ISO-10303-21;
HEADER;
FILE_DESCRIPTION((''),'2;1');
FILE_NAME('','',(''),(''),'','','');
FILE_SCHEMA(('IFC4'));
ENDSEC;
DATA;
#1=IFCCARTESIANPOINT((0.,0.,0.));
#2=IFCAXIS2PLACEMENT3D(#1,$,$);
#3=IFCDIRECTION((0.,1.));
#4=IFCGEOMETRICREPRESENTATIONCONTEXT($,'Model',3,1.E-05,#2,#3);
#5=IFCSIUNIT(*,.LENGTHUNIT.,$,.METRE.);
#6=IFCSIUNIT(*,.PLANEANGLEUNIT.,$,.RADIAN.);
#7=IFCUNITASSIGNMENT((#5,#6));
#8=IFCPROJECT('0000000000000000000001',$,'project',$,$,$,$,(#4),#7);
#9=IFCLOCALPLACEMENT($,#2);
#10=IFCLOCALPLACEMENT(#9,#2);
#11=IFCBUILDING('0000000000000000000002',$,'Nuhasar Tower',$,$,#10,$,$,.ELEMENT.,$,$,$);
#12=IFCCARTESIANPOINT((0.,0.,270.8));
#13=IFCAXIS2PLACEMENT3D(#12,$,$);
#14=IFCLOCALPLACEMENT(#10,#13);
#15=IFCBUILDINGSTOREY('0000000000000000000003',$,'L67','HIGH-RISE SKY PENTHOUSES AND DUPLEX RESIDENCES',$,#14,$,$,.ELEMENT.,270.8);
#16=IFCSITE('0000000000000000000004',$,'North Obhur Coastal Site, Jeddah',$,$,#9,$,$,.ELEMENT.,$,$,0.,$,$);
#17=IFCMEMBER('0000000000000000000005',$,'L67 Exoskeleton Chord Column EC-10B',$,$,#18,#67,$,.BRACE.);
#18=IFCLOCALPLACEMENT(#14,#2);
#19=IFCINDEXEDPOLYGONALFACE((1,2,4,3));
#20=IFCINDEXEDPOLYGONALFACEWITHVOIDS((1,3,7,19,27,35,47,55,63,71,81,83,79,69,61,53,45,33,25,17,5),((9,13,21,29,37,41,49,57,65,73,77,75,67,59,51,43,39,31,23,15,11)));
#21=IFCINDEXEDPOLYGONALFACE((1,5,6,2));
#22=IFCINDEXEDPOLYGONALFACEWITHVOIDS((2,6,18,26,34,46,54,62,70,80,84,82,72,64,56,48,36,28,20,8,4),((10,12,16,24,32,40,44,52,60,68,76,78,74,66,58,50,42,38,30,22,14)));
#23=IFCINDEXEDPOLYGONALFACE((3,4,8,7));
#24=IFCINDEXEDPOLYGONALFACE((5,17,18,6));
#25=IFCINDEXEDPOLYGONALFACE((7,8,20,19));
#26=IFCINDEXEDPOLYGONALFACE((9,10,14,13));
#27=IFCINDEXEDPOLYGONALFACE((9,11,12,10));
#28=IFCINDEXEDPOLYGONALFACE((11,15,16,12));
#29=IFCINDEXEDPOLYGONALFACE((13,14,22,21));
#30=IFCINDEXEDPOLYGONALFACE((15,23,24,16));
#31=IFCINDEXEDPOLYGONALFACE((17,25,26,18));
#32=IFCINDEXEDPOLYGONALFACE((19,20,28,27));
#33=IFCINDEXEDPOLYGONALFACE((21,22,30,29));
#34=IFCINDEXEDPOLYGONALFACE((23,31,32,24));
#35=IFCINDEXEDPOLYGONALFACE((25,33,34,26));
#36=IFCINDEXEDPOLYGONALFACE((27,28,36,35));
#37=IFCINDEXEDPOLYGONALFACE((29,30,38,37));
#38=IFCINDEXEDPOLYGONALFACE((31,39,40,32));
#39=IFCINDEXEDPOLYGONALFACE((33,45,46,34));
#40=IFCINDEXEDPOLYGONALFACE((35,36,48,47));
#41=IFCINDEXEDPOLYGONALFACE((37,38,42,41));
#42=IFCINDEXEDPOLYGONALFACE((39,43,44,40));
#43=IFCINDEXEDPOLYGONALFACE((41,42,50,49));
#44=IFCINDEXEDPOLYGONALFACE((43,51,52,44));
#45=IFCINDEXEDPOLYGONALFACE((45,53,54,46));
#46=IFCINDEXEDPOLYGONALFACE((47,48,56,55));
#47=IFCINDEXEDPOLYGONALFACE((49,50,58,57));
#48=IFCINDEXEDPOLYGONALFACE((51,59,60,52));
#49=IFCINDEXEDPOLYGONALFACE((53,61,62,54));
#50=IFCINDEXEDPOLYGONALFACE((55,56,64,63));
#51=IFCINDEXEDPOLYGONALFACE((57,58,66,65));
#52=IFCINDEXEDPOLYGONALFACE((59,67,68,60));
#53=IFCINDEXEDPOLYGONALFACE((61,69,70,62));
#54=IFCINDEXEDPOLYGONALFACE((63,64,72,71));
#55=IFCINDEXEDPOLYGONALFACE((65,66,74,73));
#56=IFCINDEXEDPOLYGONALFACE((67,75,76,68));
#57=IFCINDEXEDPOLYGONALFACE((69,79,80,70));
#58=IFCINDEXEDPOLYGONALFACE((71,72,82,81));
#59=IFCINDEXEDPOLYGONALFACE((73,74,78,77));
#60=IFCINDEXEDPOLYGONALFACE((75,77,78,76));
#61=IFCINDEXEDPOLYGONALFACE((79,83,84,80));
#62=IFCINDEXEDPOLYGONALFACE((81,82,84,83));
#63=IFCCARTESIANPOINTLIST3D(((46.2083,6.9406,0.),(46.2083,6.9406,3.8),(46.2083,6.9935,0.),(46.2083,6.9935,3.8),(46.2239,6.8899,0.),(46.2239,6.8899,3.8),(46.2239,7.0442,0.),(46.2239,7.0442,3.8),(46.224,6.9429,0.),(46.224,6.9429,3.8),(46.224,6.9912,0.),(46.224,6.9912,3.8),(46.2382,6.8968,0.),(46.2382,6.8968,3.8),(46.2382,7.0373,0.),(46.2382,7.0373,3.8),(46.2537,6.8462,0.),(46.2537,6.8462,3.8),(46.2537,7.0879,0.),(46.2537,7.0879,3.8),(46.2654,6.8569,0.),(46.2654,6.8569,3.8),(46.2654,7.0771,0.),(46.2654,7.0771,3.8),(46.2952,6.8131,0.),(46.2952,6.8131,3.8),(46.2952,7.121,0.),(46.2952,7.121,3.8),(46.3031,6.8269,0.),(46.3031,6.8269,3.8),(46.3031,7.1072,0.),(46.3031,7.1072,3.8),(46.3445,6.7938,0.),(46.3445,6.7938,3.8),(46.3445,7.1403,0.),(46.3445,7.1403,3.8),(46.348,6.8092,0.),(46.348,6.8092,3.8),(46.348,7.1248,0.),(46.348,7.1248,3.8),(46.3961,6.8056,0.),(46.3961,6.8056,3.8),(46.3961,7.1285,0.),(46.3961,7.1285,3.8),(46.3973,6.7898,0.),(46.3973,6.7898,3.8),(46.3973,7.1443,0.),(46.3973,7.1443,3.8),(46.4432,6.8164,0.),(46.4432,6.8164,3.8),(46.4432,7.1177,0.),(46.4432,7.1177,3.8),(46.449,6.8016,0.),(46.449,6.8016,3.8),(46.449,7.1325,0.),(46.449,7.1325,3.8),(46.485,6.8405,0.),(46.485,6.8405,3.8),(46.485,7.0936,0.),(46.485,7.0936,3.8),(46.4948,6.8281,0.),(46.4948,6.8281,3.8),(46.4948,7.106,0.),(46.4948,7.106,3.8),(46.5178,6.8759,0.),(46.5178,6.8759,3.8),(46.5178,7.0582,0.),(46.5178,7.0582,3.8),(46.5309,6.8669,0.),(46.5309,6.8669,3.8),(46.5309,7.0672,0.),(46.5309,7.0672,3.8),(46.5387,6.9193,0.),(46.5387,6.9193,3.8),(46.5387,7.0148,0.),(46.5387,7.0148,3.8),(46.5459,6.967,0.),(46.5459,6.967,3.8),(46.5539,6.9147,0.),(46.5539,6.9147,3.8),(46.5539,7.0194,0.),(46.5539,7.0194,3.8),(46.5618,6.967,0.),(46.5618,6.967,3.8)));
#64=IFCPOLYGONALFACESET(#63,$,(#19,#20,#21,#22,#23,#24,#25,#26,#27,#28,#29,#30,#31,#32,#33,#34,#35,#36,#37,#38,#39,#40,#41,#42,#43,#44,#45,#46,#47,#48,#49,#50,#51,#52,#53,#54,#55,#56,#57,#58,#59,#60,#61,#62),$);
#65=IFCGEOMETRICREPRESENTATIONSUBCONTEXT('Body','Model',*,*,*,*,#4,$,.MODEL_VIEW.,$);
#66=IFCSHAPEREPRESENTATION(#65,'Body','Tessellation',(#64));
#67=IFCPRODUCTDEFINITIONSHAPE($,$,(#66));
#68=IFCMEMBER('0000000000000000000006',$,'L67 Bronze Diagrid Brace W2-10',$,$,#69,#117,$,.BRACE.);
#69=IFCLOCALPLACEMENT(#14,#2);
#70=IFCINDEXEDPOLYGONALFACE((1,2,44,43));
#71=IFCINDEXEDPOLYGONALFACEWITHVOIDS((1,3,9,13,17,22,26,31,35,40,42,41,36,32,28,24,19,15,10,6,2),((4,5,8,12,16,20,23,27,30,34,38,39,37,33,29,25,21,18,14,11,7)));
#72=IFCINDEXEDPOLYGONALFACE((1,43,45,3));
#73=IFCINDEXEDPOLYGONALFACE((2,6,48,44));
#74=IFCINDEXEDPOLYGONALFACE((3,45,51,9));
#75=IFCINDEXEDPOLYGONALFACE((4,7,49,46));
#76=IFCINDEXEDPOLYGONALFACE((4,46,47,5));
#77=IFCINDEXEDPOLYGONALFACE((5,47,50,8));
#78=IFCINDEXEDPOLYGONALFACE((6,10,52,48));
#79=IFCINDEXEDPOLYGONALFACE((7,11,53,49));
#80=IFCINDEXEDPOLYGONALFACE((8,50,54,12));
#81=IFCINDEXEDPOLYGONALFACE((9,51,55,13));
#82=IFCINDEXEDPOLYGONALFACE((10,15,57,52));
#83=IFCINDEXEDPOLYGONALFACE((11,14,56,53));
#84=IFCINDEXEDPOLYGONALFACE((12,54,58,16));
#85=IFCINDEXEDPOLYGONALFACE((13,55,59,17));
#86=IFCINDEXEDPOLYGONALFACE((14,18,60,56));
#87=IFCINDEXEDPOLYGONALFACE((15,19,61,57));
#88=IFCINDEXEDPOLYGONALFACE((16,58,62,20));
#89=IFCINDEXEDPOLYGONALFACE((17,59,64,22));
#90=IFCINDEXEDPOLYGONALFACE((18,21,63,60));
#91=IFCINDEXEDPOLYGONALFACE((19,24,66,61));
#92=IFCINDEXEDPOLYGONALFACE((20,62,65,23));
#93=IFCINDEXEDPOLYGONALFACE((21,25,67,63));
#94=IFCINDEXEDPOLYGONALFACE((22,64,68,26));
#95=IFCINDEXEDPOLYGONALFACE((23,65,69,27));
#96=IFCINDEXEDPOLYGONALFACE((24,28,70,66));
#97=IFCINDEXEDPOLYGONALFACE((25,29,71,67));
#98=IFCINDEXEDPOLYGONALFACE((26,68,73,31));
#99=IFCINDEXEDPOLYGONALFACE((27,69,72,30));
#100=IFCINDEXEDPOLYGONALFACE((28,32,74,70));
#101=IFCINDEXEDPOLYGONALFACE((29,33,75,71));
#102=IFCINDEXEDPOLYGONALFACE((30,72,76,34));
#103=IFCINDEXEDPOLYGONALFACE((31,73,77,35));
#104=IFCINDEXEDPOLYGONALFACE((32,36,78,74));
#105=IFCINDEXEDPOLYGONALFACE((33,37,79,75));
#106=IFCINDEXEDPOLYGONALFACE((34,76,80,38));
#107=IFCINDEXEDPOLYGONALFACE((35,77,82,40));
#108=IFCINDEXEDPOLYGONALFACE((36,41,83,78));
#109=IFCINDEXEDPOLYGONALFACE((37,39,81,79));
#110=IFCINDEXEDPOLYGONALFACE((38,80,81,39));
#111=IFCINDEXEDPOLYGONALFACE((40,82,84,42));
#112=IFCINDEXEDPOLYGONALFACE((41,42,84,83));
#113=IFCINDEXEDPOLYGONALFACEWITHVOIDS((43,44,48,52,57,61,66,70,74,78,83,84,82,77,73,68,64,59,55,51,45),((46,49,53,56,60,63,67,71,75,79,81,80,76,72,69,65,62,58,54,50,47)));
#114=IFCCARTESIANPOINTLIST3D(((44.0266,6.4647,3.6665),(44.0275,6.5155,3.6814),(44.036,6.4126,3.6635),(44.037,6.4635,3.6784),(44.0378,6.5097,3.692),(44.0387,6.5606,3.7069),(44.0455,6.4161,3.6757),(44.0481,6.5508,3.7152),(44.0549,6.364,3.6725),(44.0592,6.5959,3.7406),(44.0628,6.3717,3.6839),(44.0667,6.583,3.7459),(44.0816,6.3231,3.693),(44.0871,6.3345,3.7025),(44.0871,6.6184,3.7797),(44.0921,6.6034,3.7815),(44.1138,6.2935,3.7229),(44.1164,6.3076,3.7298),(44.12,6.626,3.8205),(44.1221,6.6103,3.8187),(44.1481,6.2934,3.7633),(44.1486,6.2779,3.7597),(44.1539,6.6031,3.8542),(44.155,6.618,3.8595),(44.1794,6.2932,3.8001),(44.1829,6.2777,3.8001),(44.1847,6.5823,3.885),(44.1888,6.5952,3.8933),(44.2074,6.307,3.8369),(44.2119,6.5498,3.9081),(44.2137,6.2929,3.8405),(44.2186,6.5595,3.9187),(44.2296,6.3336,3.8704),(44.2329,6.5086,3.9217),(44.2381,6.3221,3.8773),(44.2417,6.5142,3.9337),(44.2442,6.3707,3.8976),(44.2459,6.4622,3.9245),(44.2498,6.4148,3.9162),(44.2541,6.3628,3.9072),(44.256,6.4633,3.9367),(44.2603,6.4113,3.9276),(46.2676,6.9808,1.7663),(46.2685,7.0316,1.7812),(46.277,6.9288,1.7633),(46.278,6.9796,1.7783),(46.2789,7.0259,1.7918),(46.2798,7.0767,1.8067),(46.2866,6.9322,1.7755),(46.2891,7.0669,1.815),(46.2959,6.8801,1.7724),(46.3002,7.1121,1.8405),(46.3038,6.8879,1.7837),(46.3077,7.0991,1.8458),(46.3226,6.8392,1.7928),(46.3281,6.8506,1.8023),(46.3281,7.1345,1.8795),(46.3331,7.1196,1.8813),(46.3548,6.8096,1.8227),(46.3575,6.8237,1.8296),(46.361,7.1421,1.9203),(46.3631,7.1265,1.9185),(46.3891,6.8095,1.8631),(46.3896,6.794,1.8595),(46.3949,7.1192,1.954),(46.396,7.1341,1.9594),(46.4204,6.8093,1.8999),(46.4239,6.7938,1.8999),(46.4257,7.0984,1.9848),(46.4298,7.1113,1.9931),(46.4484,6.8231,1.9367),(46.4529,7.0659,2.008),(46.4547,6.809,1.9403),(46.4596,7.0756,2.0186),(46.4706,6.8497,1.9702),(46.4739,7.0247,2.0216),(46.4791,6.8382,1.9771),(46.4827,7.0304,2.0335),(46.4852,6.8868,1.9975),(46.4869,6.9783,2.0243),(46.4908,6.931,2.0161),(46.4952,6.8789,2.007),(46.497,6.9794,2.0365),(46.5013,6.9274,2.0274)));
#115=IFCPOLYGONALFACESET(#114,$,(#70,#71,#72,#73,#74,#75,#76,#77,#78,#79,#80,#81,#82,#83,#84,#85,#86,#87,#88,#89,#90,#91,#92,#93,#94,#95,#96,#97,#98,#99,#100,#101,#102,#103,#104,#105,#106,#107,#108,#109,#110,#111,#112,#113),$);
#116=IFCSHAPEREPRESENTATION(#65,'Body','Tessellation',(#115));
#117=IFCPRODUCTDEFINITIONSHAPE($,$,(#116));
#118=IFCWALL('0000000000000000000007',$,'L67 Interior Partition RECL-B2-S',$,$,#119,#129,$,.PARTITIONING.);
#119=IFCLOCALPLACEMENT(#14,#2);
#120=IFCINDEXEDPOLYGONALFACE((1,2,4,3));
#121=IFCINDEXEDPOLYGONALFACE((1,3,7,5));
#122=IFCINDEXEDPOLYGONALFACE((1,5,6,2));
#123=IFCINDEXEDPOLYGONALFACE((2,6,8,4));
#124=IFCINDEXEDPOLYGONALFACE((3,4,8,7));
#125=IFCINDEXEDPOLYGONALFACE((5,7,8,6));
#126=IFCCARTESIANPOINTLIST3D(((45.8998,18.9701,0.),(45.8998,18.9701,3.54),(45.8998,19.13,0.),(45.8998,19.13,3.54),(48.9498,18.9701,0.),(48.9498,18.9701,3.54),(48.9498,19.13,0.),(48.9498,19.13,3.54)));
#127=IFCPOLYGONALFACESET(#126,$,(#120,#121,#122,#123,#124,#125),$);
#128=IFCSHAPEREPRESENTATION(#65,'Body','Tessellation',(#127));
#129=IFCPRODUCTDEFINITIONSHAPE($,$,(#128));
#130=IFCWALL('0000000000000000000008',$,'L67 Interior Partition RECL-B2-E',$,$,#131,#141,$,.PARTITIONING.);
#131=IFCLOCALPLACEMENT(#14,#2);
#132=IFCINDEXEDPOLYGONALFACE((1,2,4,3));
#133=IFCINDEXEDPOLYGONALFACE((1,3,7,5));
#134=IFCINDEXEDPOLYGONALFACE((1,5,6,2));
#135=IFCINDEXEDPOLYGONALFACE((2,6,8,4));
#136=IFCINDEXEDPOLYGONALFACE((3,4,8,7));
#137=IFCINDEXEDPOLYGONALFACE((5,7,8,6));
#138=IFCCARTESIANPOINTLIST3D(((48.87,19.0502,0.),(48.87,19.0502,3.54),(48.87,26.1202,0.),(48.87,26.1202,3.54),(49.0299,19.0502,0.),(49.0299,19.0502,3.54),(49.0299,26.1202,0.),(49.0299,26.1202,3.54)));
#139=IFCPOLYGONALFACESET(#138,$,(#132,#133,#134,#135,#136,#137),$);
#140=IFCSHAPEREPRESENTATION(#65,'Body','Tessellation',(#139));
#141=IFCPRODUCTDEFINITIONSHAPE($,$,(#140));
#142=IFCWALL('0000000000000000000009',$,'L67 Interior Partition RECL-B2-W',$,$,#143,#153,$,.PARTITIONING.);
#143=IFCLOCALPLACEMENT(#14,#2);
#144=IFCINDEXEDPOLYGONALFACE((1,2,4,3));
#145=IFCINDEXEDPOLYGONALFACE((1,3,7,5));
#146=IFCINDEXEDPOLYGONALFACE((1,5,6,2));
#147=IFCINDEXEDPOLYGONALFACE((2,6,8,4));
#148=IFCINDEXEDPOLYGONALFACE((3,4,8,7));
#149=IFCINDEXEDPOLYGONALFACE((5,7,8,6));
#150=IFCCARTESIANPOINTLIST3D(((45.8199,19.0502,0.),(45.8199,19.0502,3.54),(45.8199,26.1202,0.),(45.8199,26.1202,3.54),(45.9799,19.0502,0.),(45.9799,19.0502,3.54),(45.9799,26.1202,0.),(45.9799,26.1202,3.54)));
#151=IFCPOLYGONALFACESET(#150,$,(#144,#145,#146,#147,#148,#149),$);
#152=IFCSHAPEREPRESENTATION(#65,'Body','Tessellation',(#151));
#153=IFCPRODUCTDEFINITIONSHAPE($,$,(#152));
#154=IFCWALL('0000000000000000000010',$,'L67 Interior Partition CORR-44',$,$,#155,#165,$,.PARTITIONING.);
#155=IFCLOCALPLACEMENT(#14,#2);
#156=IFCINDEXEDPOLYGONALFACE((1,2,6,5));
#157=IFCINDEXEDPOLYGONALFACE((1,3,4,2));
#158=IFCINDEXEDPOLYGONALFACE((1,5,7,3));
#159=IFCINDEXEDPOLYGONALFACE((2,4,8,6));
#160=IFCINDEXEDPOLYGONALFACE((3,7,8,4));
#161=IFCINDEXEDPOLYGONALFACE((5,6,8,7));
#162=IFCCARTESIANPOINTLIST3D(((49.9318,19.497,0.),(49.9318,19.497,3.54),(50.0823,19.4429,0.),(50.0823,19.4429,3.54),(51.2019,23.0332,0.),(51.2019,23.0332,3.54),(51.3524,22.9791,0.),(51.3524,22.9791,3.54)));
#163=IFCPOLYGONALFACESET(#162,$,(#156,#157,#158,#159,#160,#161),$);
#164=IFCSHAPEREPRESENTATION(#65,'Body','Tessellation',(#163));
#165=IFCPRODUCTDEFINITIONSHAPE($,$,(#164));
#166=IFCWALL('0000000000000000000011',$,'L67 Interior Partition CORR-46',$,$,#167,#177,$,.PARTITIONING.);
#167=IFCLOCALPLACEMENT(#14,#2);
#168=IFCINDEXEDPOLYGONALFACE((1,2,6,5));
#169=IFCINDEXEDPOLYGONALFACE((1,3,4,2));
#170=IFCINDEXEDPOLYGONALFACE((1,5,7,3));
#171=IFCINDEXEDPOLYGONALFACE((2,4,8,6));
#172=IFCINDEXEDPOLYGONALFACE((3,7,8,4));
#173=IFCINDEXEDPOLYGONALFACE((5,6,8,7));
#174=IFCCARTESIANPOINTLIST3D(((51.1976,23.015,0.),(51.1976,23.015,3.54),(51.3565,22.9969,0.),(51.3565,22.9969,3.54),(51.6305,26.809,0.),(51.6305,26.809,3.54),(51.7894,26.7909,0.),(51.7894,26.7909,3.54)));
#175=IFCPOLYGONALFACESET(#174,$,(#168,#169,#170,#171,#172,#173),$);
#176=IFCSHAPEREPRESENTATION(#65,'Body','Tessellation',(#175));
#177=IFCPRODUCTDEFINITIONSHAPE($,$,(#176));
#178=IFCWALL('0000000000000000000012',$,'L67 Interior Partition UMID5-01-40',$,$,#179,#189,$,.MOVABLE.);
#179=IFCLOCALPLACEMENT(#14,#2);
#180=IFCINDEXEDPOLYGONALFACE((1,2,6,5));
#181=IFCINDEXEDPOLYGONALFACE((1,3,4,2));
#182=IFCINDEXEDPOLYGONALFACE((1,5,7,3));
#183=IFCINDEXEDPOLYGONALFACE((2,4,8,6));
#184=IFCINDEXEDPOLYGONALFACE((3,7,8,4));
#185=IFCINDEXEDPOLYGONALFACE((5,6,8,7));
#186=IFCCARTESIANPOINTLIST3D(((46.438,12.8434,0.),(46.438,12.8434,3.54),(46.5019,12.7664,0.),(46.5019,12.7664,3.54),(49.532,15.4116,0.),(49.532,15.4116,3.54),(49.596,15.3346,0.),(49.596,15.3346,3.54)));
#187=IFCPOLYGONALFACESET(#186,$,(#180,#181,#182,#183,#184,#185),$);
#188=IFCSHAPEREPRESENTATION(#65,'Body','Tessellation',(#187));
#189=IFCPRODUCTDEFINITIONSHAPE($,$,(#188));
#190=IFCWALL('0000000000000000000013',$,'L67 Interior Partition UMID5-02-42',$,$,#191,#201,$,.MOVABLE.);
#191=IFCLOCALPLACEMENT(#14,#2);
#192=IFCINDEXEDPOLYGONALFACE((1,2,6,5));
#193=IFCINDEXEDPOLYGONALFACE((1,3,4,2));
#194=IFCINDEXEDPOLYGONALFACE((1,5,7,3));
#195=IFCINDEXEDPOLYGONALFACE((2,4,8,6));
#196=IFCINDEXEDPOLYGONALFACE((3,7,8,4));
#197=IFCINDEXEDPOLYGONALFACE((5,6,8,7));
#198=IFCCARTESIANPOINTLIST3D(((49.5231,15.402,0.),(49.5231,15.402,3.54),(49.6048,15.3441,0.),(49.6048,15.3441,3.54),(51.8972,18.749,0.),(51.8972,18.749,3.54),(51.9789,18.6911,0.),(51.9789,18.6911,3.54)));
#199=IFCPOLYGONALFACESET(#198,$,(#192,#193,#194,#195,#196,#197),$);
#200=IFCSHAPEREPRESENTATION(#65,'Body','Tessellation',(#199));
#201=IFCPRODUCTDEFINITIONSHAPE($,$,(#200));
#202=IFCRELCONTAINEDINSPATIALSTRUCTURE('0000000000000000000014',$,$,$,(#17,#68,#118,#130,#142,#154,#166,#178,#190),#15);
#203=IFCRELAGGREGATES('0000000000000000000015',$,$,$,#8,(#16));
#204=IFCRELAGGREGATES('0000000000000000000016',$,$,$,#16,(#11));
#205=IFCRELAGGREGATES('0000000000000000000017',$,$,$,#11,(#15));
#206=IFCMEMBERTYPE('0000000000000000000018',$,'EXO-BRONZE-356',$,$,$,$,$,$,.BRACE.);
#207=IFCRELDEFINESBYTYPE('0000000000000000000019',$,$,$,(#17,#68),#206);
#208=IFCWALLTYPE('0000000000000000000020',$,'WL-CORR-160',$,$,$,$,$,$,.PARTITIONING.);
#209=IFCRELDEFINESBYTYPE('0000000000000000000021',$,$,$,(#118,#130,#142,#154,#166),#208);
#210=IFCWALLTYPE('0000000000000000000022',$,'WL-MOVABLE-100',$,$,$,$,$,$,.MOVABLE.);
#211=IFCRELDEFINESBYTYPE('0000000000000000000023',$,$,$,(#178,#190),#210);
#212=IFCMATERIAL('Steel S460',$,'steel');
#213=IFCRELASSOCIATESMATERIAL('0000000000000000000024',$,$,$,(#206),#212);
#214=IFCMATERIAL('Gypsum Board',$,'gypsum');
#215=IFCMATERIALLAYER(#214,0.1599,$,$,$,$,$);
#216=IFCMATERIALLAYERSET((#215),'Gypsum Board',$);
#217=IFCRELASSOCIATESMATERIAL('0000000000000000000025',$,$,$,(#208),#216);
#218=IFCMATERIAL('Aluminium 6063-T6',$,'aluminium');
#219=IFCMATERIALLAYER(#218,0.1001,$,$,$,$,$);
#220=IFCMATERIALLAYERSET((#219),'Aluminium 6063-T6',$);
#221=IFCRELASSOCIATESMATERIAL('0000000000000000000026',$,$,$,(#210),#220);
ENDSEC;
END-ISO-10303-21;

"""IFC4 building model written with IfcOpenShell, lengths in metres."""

from ifc_helpers import new_model, si_unit, direction, frame, frame_2d, origin, origin_2d, place, context, subcontext, project, spatial, rectangle, hollow_circle, extrude, material, layer, layer_set, material_profile, profile_set, type_object, element, save


model = new_model("IFC4")

# Units and contexts
model_context = context("Model", 3, precision=1e-05, world=origin(), true_north=direction((0.0, 1.0)))
body_context = subcontext(model_context, "Body", "Model", "MODEL_VIEW")
ifc_project = project(units=[si_unit("LENGTHUNIT", "METRE"), si_unit("PLANEANGLEUNIT", "RADIAN")], contexts=[model_context])

# Site, building, storey
site_placement = place(None, origin())
site = spatial("IfcSite", under=ifc_project, at=site_placement, Name="North Obhur Coastal Site, Jeddah", CompositionType="ELEMENT", RefElevation=0.0)
building_placement = place(site_placement, origin())
building = spatial("IfcBuilding", under=site, at=building_placement, Name="Nuhasar Tower", CompositionType="ELEMENT")
storey_placement = place(building_placement, frame((0.0, 0.0, 270.8)))
storey = spatial("IfcBuildingStorey", under=building, at=storey_placement, Name="L67", Description="HIGH-RISE SKY PENTHOUSES AND DUPLEX RESIDENCES", CompositionType="ELEMENT", Elevation=270.8)

# Shared definitions
ifc_material_1 = material(Name="Aluminium 6063-T6", Category="aluminium")

# Members
ifc_material_2 = material(Name="Steel S460", Category="steel")
ifc_material_profile_1 = material_profile(ifc_material_2, hollow_circle(Radius=0.1777, WallThickness=0.0159, at=origin_2d()), Name="HSS355.6X15.9")
ifc_profile_set_1 = profile_set([ifc_material_profile_1], Name="Steel S460")
member_type_1 = type_object("IfcMemberType", Name="EXO-BRONZE-356", PredefinedType="BRACE", material=ifc_profile_set_1)
member_1_placement = place(storey_placement, frame((46.384, 6.967, 0.0), z_axis=(0.0, 0.0, 1.0), x_axis=(1.0, 0.0, 0.0)))
element("IfcMember", 1, at=member_1_placement, inside=storey, type_object=member_type_1, Name="L67 Exoskeleton Chord Column EC-10B", PredefinedType="BRACE", context=body_context, shape_type="SweptSolid", body=[
    extrude(hollow_circle(Radius=0.1777, WallThickness=0.0159, at=origin_2d()), origin(), (0.0, 0.0, 1.0), 3.8),
])
member_2_placement = place(storey_placement, frame((46.384, 6.967, 1.8999), z_axis=(-0.751222, -0.173013, 0.636971), x_axis=(0.224433, -0.97449, 0.0)))
element("IfcMember", 2, at=member_2_placement, inside=storey, type_object=member_type_1, Name="L67 Bronze Diagrid Brace W2-10", PredefinedType="BRACE", context=body_context, shape_type="SweptSolid", body=[
    extrude(hollow_circle(Radius=0.1777, WallThickness=0.0159, at=origin_2d()), origin(), (0.0, 0.0, 1.0), 2.9832),
])

# Walls
ifc_material_3 = material(Name="Gypsum Board", Category="gypsum")
ifc_layer_1 = layer(ifc_material_3, 0.1599)
ifc_layer_set_1 = layer_set([ifc_layer_1], Name="Gypsum Board")
wall_type_1 = type_object("IfcWallType", Name="WL-CORR-160", PredefinedType="PARTITIONING", material=ifc_layer_set_1)
wall_1_placement = place(storey_placement, frame((45.8999, 19.05, 0.0), z_axis=(0.0, 0.0, 1.0), x_axis=(1.0, 0.0, 0.0)))
element("IfcWall", 3, at=wall_1_placement, inside=storey, type_object=wall_type_1, Name="L67 Interior Partition RECL-B2-S", PredefinedType="PARTITIONING", context=body_context, shape_type="SweptSolid", body=[
    extrude(rectangle(XDim=3.05, YDim=0.1599, at=frame_2d((1.5249, 0.0))), origin(), (0.0, 0.0, 1.0), 3.54),
])
for number, where, z_axis, x_axis, name in (
    (4, (48.95, 19.05, 0.0), (0.0, 0.0, 1.0), (0.0, 1.0, 0.0), "L67 Interior Partition RECL-B2-E"),
    (5, (45.8999, 19.05, 0.0), (0.0, 0.0, 1.0), (0.0, 1.0, 0.0), "L67 Interior Partition RECL-B2-W"),
):
    element("IfcWall", number, at=place(storey_placement, frame(where, z_axis=z_axis, x_axis=x_axis)), inside=storey, type_object=wall_type_1, Name=name, PredefinedType="PARTITIONING", context=body_context, shape_type="SweptSolid", body=[
        extrude(rectangle(XDim=7.0701, YDim=0.1599, at=frame_2d((3.5352, 0.0))), origin(), (0.0, 0.0, 1.0), 3.54),
    ])

# Walls
wall_2_placement = place(storey_placement, frame((50.0071, 19.47, 0.0), z_axis=(0.0, 0.0, 1.0), x_axis=(0.338015, 0.941141, 0.0)))
element("IfcWall", 6, at=wall_2_placement, inside=storey, type_object=wall_type_1, Name="L67 Interior Partition CORR-44", PredefinedType="PARTITIONING", context=body_context, shape_type="SweptSolid", body=[
    extrude(rectangle(XDim=3.7573, YDim=0.1599, at=frame_2d((1.8787, 0.0))), origin(), (0.0, 0.0, 1.0), 3.54),
])
wall_3_placement = place(storey_placement, frame((51.2771, 23.0061, 0.0), z_axis=(0.0, 0.0, 1.0), x_axis=(0.113357, 0.993554, 0.0)))
element("IfcWall", 7, at=wall_3_placement, inside=storey, type_object=wall_type_1, Name="L67 Interior Partition CORR-46", PredefinedType="PARTITIONING", context=body_context, shape_type="SweptSolid", body=[
    extrude(rectangle(XDim=3.8186, YDim=0.1599, at=frame_2d((1.9092, 0.0))), origin(), (0.0, 0.0, 1.0), 3.54),
])
ifc_layer_2 = layer(ifc_material_1, 0.1001)
ifc_layer_set_2 = layer_set([ifc_layer_2], Name="Aluminium 6063-T6")
wall_type_2 = type_object("IfcWallType", Name="WL-MOVABLE-100", PredefinedType="MOVABLE", material=ifc_layer_set_2)
wall_4_placement = place(storey_placement, frame((46.47, 12.8049, 0.0), z_axis=(0.0, 0.0, 1.0), x_axis=(0.769469, 0.638684, 0.0)))
element("IfcWall", 8, at=wall_4_placement, inside=storey, type_object=wall_type_2, Name="L67 Interior Partition UMID5-01-40", PredefinedType="MOVABLE", context=body_context, shape_type="SweptSolid", body=[
    extrude(rectangle(XDim=4.021, YDim=0.1001, at=frame_2d((2.0105, 0.0))), origin(), (0.0, 0.0, 1.0), 3.54),
])
wall_5_placement = place(storey_placement, frame((49.564, 15.373, 0.0), z_axis=(0.0, 0.0, 1.0), x_axis=(0.57855, 0.815647, 0.0)))
element("IfcWall", 9, at=wall_5_placement, inside=storey, type_object=wall_type_2, Name="L67 Interior Partition UMID5-02-42", PredefinedType="MOVABLE", context=body_context, shape_type="SweptSolid", body=[
    extrude(rectangle(XDim=4.1035, YDim=0.1001, at=frame_2d((2.0518, 0.0))), origin(), (0.0, 0.0, 1.0), 3.54),
])

save(model, "model.ifc")
